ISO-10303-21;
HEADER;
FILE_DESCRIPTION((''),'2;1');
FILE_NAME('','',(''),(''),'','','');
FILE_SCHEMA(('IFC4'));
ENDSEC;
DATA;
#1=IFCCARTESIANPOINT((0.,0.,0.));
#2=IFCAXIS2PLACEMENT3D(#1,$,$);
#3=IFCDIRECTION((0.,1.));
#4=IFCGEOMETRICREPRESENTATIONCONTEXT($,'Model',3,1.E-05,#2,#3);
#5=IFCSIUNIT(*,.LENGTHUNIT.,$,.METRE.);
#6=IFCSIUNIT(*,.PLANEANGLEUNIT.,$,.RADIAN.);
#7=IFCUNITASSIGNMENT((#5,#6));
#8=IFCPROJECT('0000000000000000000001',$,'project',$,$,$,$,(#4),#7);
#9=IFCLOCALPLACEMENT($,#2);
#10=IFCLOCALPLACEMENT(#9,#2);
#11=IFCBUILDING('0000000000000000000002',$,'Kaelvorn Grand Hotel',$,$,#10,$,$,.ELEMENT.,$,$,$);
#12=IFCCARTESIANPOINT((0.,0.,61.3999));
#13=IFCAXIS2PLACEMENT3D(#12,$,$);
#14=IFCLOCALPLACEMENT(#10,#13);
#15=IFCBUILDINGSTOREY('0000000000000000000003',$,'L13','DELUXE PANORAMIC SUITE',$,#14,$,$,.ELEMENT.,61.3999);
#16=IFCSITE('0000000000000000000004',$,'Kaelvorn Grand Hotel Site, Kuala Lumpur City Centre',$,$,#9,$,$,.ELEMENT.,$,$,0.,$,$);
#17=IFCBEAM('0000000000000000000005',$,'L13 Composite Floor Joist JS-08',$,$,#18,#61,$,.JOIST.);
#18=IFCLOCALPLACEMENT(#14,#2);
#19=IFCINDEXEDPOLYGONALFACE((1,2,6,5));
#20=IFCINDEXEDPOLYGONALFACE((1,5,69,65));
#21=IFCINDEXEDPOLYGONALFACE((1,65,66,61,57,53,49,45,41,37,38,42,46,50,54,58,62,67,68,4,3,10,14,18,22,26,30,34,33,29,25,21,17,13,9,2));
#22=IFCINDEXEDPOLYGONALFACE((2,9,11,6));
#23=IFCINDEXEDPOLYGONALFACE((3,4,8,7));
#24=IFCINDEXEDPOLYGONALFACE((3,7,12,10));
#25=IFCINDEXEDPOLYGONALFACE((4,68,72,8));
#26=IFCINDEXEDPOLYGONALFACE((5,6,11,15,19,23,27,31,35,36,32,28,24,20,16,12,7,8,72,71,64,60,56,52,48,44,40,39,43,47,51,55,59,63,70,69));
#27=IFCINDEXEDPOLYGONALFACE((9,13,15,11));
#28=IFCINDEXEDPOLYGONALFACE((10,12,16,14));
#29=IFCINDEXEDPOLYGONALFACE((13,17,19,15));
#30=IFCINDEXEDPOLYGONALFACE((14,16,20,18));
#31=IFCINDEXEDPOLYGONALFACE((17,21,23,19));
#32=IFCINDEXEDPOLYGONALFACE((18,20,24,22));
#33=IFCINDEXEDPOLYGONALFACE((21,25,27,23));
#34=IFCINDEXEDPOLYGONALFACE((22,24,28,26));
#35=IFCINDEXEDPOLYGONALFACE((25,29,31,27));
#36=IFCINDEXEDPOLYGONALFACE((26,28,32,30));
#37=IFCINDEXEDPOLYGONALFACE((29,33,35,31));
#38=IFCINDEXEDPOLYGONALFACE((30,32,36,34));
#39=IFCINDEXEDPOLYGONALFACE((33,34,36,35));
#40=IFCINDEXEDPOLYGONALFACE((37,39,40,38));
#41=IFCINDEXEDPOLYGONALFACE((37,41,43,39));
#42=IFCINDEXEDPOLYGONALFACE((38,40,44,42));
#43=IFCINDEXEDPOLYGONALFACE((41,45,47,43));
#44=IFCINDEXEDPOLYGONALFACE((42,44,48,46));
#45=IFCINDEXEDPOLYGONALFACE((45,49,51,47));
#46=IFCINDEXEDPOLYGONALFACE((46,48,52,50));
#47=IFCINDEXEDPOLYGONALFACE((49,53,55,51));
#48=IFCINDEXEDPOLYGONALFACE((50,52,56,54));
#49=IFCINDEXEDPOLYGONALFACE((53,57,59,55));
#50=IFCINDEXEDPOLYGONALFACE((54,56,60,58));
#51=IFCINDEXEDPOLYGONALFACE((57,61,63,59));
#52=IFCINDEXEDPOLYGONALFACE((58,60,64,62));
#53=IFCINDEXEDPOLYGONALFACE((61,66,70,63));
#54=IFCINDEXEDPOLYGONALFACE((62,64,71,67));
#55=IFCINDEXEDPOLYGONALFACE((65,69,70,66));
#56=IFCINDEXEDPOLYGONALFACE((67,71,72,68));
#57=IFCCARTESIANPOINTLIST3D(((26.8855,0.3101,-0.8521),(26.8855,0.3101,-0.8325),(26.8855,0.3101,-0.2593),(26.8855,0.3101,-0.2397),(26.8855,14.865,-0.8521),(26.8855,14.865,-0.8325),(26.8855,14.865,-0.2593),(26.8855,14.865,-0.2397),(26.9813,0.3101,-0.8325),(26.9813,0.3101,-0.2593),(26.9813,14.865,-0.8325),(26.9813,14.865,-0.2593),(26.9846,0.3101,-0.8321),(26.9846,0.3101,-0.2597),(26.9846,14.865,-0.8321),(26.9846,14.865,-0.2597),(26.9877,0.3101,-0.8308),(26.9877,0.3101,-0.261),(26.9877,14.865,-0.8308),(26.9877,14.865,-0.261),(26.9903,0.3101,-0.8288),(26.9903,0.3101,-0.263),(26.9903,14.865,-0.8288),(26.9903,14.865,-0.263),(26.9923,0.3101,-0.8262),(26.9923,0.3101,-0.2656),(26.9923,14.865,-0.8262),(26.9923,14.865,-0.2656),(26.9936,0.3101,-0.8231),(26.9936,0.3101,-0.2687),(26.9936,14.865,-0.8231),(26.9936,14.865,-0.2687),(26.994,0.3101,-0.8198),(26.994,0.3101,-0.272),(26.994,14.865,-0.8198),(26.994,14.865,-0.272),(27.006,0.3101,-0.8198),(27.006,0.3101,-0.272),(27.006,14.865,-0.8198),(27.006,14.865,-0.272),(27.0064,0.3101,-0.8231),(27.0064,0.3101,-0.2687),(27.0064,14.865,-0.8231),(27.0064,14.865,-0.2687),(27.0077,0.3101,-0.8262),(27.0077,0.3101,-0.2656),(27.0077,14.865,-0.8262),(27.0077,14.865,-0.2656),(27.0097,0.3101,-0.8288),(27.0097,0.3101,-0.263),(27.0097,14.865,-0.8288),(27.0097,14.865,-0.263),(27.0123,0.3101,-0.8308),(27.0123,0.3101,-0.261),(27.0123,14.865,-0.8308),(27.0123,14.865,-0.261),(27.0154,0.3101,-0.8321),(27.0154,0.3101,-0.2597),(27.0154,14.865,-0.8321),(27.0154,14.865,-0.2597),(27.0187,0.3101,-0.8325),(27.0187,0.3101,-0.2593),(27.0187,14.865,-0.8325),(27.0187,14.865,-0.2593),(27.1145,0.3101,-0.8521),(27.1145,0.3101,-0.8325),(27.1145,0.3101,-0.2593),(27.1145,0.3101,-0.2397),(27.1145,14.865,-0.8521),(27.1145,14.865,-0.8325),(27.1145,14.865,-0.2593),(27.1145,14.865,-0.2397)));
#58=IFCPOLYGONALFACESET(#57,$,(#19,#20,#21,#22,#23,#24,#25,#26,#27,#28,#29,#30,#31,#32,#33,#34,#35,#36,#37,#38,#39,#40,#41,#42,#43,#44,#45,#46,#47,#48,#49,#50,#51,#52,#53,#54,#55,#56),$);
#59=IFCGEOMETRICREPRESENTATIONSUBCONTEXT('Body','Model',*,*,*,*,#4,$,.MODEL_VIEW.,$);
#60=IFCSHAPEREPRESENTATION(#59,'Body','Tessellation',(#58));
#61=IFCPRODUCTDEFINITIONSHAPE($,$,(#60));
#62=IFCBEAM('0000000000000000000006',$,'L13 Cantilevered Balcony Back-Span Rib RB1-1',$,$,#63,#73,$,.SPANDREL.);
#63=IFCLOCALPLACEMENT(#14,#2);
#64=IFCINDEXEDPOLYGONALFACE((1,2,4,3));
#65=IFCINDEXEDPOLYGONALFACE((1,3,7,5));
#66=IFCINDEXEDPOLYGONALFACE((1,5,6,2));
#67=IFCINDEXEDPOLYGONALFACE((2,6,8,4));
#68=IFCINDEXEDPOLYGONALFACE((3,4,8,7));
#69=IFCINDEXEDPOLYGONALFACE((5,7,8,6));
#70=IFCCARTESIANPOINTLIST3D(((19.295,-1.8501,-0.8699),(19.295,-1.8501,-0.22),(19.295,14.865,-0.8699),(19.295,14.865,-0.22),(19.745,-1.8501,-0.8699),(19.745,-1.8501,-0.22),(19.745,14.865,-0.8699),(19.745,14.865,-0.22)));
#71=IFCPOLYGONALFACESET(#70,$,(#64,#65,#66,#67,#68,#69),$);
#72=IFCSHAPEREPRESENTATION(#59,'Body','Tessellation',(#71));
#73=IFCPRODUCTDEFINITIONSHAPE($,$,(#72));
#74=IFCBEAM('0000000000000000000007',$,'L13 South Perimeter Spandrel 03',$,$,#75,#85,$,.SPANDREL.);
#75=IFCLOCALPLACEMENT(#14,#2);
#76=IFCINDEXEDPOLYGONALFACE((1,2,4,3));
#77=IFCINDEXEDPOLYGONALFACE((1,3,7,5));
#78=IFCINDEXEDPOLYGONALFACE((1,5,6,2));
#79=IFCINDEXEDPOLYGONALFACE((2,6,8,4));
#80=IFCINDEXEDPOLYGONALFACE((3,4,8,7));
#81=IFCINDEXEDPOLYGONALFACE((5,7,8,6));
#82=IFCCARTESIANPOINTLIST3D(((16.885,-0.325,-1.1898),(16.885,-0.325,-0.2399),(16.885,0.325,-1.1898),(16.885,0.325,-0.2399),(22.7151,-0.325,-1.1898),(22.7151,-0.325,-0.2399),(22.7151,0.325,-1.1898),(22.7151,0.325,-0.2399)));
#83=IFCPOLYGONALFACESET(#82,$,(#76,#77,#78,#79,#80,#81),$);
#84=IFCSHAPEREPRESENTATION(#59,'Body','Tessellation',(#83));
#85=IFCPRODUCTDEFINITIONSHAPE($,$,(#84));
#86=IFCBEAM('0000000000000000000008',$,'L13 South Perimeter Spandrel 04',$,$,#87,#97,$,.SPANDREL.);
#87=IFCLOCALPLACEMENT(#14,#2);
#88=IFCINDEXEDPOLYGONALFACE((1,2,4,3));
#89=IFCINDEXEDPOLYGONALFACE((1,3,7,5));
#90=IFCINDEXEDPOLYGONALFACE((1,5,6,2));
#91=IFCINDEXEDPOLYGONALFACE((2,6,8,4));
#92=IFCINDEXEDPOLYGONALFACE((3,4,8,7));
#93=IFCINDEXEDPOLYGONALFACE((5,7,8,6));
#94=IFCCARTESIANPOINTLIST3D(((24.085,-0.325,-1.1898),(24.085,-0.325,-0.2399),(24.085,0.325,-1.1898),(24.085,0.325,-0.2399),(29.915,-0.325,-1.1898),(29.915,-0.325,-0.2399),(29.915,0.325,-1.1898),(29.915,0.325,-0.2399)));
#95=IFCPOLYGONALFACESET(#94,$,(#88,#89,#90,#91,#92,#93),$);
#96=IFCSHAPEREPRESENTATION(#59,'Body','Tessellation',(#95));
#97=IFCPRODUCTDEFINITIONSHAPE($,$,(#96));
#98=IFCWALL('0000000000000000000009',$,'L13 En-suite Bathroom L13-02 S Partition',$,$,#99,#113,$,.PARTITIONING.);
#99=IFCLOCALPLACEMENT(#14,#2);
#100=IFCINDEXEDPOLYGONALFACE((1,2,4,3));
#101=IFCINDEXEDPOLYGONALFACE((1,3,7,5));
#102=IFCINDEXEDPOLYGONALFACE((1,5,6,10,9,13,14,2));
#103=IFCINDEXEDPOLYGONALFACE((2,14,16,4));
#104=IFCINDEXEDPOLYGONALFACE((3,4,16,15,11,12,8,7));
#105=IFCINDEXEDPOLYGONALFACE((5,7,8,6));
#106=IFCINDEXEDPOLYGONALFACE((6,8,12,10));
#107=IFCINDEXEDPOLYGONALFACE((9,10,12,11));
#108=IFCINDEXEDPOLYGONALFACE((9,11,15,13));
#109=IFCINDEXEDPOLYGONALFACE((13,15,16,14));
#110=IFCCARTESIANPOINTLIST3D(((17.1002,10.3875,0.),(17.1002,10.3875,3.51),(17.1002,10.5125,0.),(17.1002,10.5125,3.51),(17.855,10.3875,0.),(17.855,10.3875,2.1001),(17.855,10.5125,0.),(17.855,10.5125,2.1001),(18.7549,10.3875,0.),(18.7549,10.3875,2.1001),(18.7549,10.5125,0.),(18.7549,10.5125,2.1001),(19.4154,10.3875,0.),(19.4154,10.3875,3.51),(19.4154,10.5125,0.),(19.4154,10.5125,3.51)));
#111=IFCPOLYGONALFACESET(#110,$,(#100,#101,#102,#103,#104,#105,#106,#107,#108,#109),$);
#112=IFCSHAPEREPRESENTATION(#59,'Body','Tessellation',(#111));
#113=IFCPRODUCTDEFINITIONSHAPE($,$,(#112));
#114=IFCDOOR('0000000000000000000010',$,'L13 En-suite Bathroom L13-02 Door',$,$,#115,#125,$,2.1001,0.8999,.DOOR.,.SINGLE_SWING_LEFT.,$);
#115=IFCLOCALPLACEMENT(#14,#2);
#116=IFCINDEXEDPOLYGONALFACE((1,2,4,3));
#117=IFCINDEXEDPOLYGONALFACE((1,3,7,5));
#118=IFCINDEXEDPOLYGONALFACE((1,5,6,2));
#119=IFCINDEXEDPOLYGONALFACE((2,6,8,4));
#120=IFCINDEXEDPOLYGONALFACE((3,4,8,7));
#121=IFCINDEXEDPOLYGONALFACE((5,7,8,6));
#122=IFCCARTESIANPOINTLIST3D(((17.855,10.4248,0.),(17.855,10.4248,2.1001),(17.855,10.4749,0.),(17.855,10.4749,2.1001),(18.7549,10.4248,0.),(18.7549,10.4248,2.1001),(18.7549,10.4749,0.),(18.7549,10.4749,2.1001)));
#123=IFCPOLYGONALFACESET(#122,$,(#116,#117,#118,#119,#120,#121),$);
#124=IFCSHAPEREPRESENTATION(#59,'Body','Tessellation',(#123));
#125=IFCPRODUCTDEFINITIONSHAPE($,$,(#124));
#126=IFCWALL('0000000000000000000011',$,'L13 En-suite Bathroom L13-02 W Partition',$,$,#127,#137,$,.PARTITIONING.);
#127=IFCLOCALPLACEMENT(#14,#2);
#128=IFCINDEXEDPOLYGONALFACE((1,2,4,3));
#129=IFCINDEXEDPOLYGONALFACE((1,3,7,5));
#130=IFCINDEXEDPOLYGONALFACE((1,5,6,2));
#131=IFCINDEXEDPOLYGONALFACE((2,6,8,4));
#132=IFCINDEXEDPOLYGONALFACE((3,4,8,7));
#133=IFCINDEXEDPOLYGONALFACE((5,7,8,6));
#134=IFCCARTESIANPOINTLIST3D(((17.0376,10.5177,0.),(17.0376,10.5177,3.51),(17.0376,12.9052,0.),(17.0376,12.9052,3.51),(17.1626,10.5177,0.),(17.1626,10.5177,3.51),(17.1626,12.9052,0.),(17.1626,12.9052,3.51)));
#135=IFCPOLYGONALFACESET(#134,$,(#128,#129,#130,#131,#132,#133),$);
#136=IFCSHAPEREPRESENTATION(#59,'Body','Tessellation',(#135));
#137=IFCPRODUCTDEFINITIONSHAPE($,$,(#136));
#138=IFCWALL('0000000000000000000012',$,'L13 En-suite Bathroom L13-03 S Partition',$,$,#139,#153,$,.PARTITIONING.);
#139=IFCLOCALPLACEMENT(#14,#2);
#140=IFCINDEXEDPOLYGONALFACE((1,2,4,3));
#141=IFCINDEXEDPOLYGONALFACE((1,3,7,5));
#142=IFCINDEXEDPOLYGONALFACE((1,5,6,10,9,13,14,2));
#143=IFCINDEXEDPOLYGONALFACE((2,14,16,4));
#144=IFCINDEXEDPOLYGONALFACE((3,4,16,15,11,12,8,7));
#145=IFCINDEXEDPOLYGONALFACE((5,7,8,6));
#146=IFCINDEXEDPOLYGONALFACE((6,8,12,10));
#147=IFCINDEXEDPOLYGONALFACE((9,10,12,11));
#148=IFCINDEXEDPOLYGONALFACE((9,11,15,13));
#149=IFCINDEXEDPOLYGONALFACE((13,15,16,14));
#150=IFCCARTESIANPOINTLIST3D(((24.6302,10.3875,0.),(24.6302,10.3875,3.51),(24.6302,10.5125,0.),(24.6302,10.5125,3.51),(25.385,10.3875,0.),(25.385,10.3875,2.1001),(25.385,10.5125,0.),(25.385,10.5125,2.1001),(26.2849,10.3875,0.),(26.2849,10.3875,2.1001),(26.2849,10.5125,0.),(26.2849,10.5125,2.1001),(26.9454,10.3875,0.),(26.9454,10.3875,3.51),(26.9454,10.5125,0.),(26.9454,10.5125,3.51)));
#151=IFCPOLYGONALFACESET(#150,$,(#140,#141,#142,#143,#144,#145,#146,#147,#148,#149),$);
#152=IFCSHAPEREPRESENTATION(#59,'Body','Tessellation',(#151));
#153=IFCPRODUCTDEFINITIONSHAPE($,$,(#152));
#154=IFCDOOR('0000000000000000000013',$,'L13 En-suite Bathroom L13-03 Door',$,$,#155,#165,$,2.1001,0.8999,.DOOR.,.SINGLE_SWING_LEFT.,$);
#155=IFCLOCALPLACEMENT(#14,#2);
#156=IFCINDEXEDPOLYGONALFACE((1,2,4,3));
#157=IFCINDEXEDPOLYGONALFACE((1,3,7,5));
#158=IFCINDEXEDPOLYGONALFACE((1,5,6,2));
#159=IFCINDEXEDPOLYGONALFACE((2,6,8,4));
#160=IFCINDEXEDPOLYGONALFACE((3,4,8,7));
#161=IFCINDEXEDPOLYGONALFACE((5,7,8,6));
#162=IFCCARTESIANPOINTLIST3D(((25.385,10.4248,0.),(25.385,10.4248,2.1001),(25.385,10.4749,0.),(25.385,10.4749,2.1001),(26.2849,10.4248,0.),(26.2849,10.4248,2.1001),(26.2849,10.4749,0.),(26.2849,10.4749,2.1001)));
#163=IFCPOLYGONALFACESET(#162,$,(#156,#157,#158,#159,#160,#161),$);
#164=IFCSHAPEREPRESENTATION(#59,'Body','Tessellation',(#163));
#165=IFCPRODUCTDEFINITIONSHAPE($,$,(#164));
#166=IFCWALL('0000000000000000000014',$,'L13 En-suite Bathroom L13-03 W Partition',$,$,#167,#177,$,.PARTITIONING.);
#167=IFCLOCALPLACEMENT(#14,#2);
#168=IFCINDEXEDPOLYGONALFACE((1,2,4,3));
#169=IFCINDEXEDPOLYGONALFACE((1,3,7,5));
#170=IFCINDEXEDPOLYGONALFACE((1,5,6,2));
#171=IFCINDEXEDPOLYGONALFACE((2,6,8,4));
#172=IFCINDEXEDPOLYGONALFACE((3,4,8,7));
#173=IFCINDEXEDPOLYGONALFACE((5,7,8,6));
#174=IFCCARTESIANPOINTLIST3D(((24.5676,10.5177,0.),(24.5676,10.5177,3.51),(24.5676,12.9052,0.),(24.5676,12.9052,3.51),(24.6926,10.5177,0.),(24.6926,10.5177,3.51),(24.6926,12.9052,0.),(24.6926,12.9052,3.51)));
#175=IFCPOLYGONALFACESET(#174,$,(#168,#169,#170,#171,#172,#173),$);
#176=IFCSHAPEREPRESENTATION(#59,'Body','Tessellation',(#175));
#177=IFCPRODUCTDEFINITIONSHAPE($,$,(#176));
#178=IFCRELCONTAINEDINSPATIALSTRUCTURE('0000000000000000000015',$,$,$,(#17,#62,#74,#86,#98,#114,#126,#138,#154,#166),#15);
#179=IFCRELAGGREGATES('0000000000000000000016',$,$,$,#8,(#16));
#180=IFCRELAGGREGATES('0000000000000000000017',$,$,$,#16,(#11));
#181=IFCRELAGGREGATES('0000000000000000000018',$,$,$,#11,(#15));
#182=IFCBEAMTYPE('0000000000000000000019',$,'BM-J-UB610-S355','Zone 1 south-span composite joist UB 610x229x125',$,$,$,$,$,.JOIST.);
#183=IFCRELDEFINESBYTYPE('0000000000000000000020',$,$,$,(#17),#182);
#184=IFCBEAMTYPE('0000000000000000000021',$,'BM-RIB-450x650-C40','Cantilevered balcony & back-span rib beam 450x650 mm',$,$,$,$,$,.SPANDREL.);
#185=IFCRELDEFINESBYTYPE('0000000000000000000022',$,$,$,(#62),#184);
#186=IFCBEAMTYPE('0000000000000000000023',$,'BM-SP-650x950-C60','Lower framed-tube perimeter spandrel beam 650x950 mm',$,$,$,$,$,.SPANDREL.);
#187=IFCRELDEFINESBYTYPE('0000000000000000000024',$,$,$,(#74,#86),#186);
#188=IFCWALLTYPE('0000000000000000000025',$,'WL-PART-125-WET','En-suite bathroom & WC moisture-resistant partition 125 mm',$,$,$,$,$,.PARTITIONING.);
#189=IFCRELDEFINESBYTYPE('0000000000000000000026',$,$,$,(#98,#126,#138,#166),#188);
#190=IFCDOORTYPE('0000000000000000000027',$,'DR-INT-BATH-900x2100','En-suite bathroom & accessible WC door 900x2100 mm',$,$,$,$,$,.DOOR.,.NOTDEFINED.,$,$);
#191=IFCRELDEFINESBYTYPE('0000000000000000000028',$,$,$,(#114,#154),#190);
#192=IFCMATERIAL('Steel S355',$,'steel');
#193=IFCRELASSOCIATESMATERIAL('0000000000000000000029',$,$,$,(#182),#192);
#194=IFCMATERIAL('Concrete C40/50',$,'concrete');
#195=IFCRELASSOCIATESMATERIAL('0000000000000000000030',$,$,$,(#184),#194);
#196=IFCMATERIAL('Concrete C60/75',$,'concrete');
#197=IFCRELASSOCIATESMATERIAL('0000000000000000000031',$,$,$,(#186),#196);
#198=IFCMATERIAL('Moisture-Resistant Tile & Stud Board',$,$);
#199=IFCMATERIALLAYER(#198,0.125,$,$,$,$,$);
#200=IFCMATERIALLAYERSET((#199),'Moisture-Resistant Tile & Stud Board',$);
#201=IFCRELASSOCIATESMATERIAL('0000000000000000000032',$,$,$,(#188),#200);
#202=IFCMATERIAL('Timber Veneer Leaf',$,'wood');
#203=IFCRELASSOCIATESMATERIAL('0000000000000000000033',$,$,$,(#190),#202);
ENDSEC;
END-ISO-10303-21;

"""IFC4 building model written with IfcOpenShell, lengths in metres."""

from ifc_helpers import new_model, si_unit, direction, frame, frame_2d, origin, origin_2d, place, context, subcontext, project, spatial, rectangle, i_section, extrude, material, layer, layer_set, material_profile, profile_set, type_object, element, fill, save


model = new_model("IFC4")

# Units and contexts
model_context = context("Model", 3, precision=1e-05, world=origin(), true_north=direction((0.0, 1.0)))
body_context = subcontext(model_context, "Body", "Model", "MODEL_VIEW")
ifc_project = project(units=[si_unit("LENGTHUNIT", "METRE"), si_unit("PLANEANGLEUNIT", "RADIAN")], contexts=[model_context])

# Site, building, storey
site_placement = place(None, origin())
site = spatial("IfcSite", under=ifc_project, at=site_placement, Name="Kaelvorn Grand Hotel Site, Kuala Lumpur City Centre", CompositionType="ELEMENT", RefElevation=0.0)
building_placement = place(site_placement, origin())
building = spatial("IfcBuilding", under=site, at=building_placement, Name="Kaelvorn Grand Hotel", CompositionType="ELEMENT")
storey_placement = place(building_placement, frame((0.0, 0.0, 61.3999)))
storey = spatial("IfcBuildingStorey", under=building, at=storey_placement, Name="L13", Description="DELUXE PANORAMIC SUITE", CompositionType="ELEMENT", Elevation=61.3999)

# Beams
ifc_material_1 = material(Name="Steel S355", Category="steel")
ifc_material_profile_1 = material_profile(ifc_material_1, i_section(OverallWidth=0.229, OverallDepth=0.6123, WebThickness=0.012, FlangeThickness=0.0195, FilletRadius=0.0127, at=origin_2d()), Name="UB 610x229x125")
ifc_profile_set_1 = profile_set([ifc_material_profile_1], Name="Steel S355")
beam_type_1 = type_object("IfcBeamType", Name="BM-J-UB610-S355", Description="Zone 1 south-span composite joist UB 610x229x125", PredefinedType="JOIST", material=ifc_profile_set_1)
beam_1_placement = place(storey_placement, frame((27.0, 0.3101, -0.5459), z_axis=(0.0, 1.0, 0.0), x_axis=(-1.0, 0.0, 0.0)))
element("IfcBeam", 1, at=beam_1_placement, inside=storey, type_object=beam_type_1, Name="L13 Composite Floor Joist JS-08", PredefinedType="JOIST", context=body_context, shape_type="SweptSolid", body=[
    extrude(i_section(OverallWidth=0.229, OverallDepth=0.6123, WebThickness=0.012, FlangeThickness=0.0195, FilletRadius=0.0127, at=origin_2d()), origin(), (0.0, 0.0, 1.0), 14.5549),
])
ifc_material_2 = material(Name="Concrete C40/50", Category="concrete")
ifc_material_profile_2 = material_profile(ifc_material_2, rectangle(XDim=0.45, YDim=0.6499, at=origin_2d()), Name="RC RIB 450x650")
ifc_profile_set_2 = profile_set([ifc_material_profile_2], Name="Concrete C40/50")
beam_type_2 = type_object("IfcBeamType", Name="BM-RIB-450x650-C40", Description="Cantilevered balcony & back-span rib beam 450x650 mm", PredefinedType="SPANDREL", material=ifc_profile_set_2)
beam_2_placement = place(storey_placement, frame((19.52, -1.8501, -0.5449), z_axis=(0.0, 1.0, 0.0), x_axis=(-1.0, 0.0, 0.0)))
element("IfcBeam", 2, at=beam_2_placement, inside=storey, type_object=beam_type_2, Name="L13 Cantilevered Balcony Back-Span Rib RB1-1", PredefinedType="SPANDREL", context=body_context, shape_type="SweptSolid", body=[
    extrude(rectangle(XDim=0.45, YDim=0.6499, at=origin_2d()), origin(), (0.0, 0.0, 1.0), 16.7151),
])
ifc_material_3 = material(Name="Concrete C60/75", Category="concrete")
ifc_material_profile_3 = material_profile(ifc_material_3, rectangle(XDim=0.6499, YDim=0.95, at=origin_2d()), Name="RC SPANDREL 650x950")
ifc_profile_set_3 = profile_set([ifc_material_profile_3], Name="Concrete C60/75")
beam_type_3 = type_object("IfcBeamType", Name="BM-SP-650x950-C60", Description="Lower framed-tube perimeter spandrel beam 650x950 mm", PredefinedType="SPANDREL", material=ifc_profile_set_3)
for number, where, z_axis, x_axis, name in (
    (3, (16.885, 0.0, -0.7148), (1.0, 0.0, 0.0), (0.0, 1.0, 0.0), "L13 South Perimeter Spandrel 03"),
    (4, (24.085, 0.0, -0.7148), (1.0, 0.0, 0.0), (0.0, 1.0, 0.0), "L13 South Perimeter Spandrel 04"),
):
    element("IfcBeam", number, at=place(storey_placement, frame(where, z_axis=z_axis, x_axis=x_axis)), inside=storey, type_object=beam_type_3, Name=name, PredefinedType="SPANDREL", context=body_context, shape_type="SweptSolid", body=[
        extrude(rectangle(XDim=0.6499, YDim=0.95, at=origin_2d()), origin(), (0.0, 0.0, 1.0), 5.8301),
    ])

# Wall, opening, door
ifc_material_4 = material(Name="Moisture-Resistant Tile & Stud Board")
ifc_layer_1 = layer(ifc_material_4, 0.125)
ifc_layer_set_1 = layer_set([ifc_layer_1], Name="Moisture-Resistant Tile & Stud Board")
wall_type_1 = type_object("IfcWallType", Name="WL-PART-125-WET", Description="En-suite bathroom & WC moisture-resistant partition 125 mm", PredefinedType="PARTITIONING", material=ifc_layer_set_1)
wall_1_placement = place(storey_placement, frame((17.1001, 10.45, 0.0), z_axis=(0.0, 0.0, 1.0), x_axis=(1.0, 0.0, 0.0)))
wall_1 = element("IfcWall", 5, at=wall_1_placement, inside=storey, type_object=wall_type_1, Name="L13 En-suite Bathroom L13-02 S Partition", PredefinedType="PARTITIONING", context=body_context, shape_type="SweptSolid", body=[
    extrude(rectangle(XDim=2.3152, YDim=0.125, at=frame_2d((1.1577, 0.0))), origin(), (0.0, 0.0, 1.0), 3.51),
])
opening_1_placement = place(wall_1_placement, frame((0.7549, 0.0, 0.0)))
opening_1 = element("IfcOpeningElement", 6, at=opening_1_placement, cuts=wall_1, PredefinedType="OPENING", context=body_context, shape_type="SweptSolid", body=[
    extrude(rectangle(XDim=0.8999, YDim=2.1001, at=frame_2d((0.45, 1.05))), frame((0.0, 0.0725, 0.0), z_axis=(0.0, -1.0, 0.0), x_axis=(1.0, 0.0, 0.0)), (0.0, 0.0, 1.0), 0.145),
])
ifc_material_5 = material(Name="Timber Veneer Leaf", Category="wood")
door_type_1 = type_object("IfcDoorType", Name="DR-INT-BATH-900x2100", Description="En-suite bathroom & accessible WC door 900x2100 mm", OperationType="NOTDEFINED", PredefinedType="DOOR", material=ifc_material_5)
door_1_placement = place(opening_1_placement, origin())
door_1 = element("IfcDoor", 7, at=door_1_placement, inside=storey, type_object=door_type_1, Name="L13 En-suite Bathroom L13-02 Door", OperationType="SINGLE_SWING_LEFT", OverallHeight=2.1001, OverallWidth=0.8999, PredefinedType="DOOR", context=body_context, shape_type="SweptSolid", body=[
    extrude(rectangle(XDim=0.8999, YDim=2.1001, at=frame_2d((0.45, 1.05))), frame((0.0, 0.0249, 0.0), z_axis=(0.0, -1.0, 0.0), x_axis=(1.0, 0.0, 0.0)), (0.0, 0.0, 1.0), 0.05),
])
fill(opening_1, door_1)

# Wall
wall_2_placement = place(storey_placement, frame((17.1001, 10.5176, 0.0), z_axis=(0.0, 0.0, 1.0), x_axis=(0.0, 1.0, 0.0)))
element("IfcWall", 8, at=wall_2_placement, inside=storey, type_object=wall_type_1, Name="L13 En-suite Bathroom L13-02 W Partition", PredefinedType="PARTITIONING", context=body_context, shape_type="SweptSolid", body=[
    extrude(rectangle(XDim=2.3875, YDim=0.125, at=frame_2d((1.1938, 0.0))), origin(), (0.0, 0.0, 1.0), 3.51),
])

# Wall, opening, door
wall_3_placement = place(storey_placement, frame((24.6301, 10.45, 0.0), z_axis=(0.0, 0.0, 1.0), x_axis=(1.0, 0.0, 0.0)))
wall_3 = element("IfcWall", 9, at=wall_3_placement, inside=storey, type_object=wall_type_1, Name="L13 En-suite Bathroom L13-03 S Partition", PredefinedType="PARTITIONING", context=body_context, shape_type="SweptSolid", body=[
    extrude(rectangle(XDim=2.3152, YDim=0.125, at=frame_2d((1.1577, 0.0))), origin(), (0.0, 0.0, 1.0), 3.51),
])
opening_2_placement = place(wall_3_placement, frame((0.7549, 0.0, 0.0)))
opening_2 = element("IfcOpeningElement", 10, at=opening_2_placement, cuts=wall_3, PredefinedType="OPENING", context=body_context, shape_type="SweptSolid", body=[
    extrude(rectangle(XDim=0.8999, YDim=2.1001, at=frame_2d((0.45, 1.05))), frame((0.0, 0.0725, 0.0), z_axis=(0.0, -1.0, 0.0), x_axis=(1.0, 0.0, 0.0)), (0.0, 0.0, 1.0), 0.145),
])
door_2_placement = place(opening_2_placement, origin())
door_2 = element("IfcDoor", 11, at=door_2_placement, inside=storey, type_object=door_type_1, Name="L13 En-suite Bathroom L13-03 Door", OperationType="SINGLE_SWING_LEFT", OverallHeight=2.1001, OverallWidth=0.8999, PredefinedType="DOOR", context=body_context, shape_type="SweptSolid", body=[
    extrude(rectangle(XDim=0.8999, YDim=2.1001, at=frame_2d((0.45, 1.05))), frame((0.0, 0.0249, 0.0), z_axis=(0.0, -1.0, 0.0), x_axis=(1.0, 0.0, 0.0)), (0.0, 0.0, 1.0), 0.05),
])
fill(opening_2, door_2)

# Wall
wall_4_placement = place(storey_placement, frame((24.6301, 10.5176, 0.0), z_axis=(0.0, 0.0, 1.0), x_axis=(0.0, 1.0, 0.0)))
element("IfcWall", 12, at=wall_4_placement, inside=storey, type_object=wall_type_1, Name="L13 En-suite Bathroom L13-03 W Partition", PredefinedType="PARTITIONING", context=body_context, shape_type="SweptSolid", body=[
    extrude(rectangle(XDim=2.3875, YDim=0.125, at=frame_2d((1.1938, 0.0))), origin(), (0.0, 0.0, 1.0), 3.51),
])

save(model, "model.ifc")
